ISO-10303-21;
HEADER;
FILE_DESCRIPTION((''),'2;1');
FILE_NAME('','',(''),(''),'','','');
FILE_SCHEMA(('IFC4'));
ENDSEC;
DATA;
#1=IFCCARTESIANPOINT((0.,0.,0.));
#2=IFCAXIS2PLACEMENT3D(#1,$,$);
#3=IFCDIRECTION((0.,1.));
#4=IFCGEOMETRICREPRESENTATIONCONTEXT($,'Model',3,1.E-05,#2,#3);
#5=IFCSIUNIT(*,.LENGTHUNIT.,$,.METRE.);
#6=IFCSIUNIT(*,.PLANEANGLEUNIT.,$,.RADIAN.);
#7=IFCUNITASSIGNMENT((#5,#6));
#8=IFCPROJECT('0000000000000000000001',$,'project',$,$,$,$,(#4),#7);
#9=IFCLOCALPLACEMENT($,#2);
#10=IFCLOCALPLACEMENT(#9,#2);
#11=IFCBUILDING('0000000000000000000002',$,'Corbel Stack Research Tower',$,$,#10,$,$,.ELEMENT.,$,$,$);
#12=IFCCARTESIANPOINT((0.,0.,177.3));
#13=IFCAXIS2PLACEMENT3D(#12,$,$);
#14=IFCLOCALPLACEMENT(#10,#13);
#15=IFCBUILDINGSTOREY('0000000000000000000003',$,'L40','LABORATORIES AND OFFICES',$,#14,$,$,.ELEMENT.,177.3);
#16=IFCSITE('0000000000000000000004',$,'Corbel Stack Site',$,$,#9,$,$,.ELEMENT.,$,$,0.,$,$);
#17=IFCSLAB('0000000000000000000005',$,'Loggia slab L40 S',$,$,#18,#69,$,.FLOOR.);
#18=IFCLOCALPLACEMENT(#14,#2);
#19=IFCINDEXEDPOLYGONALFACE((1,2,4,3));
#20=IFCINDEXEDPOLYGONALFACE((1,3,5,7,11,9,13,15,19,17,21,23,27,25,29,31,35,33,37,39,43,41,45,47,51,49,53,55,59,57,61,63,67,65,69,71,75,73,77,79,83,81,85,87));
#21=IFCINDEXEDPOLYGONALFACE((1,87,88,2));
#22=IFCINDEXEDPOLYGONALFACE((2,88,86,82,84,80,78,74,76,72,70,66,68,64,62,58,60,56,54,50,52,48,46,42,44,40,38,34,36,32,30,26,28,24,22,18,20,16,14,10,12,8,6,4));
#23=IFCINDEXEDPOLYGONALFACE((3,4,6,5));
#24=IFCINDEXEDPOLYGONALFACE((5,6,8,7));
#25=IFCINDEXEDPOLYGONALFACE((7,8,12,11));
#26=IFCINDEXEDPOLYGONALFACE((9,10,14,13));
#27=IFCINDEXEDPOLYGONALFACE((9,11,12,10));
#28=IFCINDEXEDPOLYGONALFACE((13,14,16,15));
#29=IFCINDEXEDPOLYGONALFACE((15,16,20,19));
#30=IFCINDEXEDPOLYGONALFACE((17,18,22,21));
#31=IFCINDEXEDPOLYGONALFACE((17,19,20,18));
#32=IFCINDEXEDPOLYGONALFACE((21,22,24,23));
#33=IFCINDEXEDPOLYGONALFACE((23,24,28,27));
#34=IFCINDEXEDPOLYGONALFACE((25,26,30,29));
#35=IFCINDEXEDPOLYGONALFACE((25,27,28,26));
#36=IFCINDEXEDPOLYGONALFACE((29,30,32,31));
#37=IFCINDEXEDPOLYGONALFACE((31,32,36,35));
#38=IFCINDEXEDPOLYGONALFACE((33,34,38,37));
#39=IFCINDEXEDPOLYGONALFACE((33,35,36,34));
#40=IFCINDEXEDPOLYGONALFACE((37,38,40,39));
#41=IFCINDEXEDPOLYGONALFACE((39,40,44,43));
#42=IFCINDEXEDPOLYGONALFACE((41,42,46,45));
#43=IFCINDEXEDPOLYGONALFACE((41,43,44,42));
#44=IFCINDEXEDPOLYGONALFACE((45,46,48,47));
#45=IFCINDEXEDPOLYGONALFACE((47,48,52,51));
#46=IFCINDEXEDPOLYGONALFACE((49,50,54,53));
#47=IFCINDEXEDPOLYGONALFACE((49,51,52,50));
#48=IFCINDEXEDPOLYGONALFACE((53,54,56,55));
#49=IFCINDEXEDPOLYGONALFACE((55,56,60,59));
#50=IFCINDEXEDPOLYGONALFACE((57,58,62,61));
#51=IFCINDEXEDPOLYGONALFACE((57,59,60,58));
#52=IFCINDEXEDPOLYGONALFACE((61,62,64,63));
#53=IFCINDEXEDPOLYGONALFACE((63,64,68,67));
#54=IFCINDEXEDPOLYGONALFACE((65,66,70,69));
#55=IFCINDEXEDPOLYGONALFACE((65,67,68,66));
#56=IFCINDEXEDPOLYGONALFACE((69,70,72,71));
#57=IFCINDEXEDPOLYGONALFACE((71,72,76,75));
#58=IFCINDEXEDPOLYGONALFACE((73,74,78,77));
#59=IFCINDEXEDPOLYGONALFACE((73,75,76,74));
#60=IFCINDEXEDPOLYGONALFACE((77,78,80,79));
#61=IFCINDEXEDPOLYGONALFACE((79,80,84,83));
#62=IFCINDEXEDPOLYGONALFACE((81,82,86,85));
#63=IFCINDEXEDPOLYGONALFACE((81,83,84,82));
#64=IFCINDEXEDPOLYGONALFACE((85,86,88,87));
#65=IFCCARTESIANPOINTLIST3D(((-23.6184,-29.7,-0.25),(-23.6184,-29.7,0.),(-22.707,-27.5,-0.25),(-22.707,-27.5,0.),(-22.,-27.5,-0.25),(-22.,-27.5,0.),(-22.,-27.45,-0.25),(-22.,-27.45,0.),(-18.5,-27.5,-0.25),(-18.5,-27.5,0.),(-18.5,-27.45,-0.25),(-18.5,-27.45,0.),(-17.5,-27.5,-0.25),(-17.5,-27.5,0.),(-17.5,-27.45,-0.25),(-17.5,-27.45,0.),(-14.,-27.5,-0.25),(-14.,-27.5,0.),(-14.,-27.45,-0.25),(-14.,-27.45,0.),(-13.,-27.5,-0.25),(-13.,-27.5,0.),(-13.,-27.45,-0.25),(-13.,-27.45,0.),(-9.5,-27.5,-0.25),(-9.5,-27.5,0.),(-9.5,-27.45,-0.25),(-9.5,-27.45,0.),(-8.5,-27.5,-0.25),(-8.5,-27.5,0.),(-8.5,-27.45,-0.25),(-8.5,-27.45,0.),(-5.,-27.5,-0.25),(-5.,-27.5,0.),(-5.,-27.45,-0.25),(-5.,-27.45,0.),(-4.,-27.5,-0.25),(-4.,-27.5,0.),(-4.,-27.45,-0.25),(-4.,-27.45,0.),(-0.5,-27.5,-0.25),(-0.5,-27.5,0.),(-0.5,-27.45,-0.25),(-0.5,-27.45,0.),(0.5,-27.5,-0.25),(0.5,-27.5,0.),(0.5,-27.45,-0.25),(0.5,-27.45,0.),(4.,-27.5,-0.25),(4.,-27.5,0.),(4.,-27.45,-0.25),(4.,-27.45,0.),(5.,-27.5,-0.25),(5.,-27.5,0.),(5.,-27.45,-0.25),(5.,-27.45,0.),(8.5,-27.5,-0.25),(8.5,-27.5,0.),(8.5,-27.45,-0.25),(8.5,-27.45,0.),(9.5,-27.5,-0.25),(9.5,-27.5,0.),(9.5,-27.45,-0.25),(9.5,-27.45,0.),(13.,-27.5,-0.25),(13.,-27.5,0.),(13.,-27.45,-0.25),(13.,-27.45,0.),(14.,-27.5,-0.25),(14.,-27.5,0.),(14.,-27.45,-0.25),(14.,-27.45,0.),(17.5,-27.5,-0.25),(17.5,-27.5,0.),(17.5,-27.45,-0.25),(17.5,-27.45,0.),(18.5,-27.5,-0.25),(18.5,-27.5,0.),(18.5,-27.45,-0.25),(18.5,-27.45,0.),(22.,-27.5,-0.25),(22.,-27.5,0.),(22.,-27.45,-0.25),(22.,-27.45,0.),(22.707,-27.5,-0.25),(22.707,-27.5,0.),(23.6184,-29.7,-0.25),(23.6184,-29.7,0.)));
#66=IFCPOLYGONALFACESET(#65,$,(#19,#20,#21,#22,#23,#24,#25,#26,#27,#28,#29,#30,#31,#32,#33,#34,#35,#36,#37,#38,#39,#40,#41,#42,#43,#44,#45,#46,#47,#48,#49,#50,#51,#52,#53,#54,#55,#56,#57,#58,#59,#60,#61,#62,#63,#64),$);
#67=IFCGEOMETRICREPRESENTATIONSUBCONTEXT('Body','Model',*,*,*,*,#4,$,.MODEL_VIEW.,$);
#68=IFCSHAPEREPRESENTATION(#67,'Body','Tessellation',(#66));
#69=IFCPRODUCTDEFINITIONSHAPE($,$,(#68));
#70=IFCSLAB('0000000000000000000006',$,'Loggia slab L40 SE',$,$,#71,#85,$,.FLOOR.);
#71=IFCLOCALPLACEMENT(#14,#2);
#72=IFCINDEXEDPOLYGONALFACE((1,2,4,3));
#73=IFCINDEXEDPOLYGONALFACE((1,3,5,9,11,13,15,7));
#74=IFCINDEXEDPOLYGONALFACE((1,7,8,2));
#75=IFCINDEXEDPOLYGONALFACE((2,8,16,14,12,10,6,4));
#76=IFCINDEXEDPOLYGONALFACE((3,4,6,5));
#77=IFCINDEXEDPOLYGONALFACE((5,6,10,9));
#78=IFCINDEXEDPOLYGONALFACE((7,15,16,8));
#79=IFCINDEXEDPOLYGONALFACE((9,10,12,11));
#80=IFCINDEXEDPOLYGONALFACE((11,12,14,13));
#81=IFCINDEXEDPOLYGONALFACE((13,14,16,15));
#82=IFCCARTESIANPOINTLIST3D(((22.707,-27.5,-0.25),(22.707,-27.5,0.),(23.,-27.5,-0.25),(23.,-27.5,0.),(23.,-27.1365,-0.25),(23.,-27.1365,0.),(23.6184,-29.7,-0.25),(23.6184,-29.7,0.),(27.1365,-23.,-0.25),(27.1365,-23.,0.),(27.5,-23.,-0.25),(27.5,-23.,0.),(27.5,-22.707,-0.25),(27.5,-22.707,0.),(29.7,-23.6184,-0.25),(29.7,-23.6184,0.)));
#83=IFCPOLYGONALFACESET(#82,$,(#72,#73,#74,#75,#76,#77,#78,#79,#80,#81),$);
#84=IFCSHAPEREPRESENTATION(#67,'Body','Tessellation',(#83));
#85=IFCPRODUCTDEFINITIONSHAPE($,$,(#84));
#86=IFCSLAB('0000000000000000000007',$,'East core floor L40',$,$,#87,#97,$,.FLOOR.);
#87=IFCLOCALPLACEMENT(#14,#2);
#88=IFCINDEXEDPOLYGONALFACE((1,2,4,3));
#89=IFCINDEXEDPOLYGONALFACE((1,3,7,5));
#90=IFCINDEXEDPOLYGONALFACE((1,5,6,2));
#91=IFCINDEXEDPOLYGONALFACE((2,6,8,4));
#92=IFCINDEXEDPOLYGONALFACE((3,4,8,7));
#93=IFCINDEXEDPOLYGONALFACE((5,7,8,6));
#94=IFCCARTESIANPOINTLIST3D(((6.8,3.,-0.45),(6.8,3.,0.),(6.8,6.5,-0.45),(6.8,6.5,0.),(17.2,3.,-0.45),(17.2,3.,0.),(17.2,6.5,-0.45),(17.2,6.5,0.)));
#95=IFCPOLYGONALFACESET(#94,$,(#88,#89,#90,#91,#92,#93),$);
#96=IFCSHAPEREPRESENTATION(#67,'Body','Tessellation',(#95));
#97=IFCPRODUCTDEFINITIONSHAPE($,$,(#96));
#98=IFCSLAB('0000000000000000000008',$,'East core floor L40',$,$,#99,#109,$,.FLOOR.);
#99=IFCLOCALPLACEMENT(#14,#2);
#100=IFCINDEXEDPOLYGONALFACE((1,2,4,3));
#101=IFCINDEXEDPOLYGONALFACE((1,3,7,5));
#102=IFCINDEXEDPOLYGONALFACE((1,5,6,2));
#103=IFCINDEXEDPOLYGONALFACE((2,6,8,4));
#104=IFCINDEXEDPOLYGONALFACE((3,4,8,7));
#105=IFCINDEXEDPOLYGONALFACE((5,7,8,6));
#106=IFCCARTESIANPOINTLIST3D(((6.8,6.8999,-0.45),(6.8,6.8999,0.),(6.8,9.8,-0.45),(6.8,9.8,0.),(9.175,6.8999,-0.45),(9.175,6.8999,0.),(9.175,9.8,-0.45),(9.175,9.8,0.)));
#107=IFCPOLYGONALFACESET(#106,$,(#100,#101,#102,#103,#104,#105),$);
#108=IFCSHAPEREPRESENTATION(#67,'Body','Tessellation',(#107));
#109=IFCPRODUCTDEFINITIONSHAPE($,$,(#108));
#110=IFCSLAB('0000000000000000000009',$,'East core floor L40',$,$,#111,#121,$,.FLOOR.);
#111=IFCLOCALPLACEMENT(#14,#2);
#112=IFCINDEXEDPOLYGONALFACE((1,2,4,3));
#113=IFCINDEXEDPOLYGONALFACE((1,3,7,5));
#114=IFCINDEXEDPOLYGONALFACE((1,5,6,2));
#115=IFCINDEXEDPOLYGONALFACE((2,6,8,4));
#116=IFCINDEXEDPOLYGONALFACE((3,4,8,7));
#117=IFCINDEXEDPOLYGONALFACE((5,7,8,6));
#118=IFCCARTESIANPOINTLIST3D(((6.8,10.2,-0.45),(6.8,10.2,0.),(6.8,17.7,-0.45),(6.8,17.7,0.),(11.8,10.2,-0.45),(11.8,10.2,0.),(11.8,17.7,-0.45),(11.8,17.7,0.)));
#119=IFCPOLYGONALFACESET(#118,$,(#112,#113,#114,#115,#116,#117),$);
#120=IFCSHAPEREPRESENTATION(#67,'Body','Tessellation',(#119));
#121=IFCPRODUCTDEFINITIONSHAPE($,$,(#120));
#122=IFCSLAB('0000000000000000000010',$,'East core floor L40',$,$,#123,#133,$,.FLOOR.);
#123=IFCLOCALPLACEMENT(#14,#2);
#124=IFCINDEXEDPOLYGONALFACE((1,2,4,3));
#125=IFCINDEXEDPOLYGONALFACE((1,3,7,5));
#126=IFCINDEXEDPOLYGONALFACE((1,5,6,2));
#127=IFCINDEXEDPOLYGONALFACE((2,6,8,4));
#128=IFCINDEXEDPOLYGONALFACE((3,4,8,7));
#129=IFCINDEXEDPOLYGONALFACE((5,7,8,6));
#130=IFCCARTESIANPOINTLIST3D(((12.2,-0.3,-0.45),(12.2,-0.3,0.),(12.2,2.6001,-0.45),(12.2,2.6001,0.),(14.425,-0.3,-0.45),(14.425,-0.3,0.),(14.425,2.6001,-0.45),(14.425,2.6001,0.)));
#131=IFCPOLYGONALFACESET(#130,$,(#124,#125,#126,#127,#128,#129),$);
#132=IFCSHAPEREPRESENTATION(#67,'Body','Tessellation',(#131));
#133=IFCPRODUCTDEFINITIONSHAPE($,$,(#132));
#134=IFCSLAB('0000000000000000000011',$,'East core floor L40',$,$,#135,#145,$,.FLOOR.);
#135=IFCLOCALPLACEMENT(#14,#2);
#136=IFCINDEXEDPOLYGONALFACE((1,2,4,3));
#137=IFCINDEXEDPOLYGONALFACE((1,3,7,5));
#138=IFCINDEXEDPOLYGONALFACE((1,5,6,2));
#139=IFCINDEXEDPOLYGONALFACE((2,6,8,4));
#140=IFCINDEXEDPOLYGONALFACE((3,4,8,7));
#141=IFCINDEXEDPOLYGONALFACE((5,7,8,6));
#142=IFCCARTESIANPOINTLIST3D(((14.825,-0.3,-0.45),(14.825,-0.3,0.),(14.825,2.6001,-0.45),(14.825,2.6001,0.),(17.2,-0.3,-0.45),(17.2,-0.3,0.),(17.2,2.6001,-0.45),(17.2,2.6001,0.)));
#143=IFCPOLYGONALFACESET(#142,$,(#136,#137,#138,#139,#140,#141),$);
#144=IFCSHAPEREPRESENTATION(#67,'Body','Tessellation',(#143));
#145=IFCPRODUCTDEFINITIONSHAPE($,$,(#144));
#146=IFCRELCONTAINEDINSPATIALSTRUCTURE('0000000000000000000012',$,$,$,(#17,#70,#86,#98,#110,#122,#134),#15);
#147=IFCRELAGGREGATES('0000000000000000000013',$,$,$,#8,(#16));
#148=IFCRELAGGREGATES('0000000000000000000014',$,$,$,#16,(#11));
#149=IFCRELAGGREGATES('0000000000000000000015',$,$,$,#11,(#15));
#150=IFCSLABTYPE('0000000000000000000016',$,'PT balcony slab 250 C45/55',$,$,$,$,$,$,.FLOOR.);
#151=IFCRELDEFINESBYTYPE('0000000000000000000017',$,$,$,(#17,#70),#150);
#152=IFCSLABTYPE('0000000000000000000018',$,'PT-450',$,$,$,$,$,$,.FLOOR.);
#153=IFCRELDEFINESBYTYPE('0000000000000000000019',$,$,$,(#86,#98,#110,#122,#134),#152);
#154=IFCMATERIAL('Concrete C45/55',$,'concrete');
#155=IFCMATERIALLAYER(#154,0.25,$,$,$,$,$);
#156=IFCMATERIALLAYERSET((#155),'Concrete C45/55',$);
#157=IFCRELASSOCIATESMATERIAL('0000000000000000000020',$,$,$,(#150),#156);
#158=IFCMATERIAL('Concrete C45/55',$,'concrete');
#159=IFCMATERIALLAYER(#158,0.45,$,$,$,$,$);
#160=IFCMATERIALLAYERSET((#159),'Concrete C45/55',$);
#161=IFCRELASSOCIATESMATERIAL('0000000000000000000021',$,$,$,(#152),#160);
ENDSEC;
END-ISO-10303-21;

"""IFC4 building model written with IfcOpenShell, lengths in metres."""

from ifc_helpers import new_model, si_unit, direction, frame, origin, place, context, subcontext, project, spatial, polyline, outline, extrude, material, layer, layer_set, type_object, element, save


model = new_model("IFC4")

# Units and contexts
model_context = context("Model", 3, precision=1e-05, world=origin(), true_north=direction((0.0, 1.0)))
body_context = subcontext(model_context, "Body", "Model", "MODEL_VIEW")
ifc_project = project(units=[si_unit("LENGTHUNIT", "METRE"), si_unit("PLANEANGLEUNIT", "RADIAN")], contexts=[model_context])

# Site, building, storey
site_placement = place(None, origin())
site = spatial("IfcSite", under=ifc_project, at=site_placement, Name="Corbel Stack Site", CompositionType="ELEMENT", RefElevation=0.0)
building_placement = place(site_placement, origin())
building = spatial("IfcBuilding", under=site, at=building_placement, Name="Corbel Stack Research Tower", CompositionType="ELEMENT")
storey_placement = place(building_placement, frame((0.0, 0.0, 177.3)))
storey = spatial("IfcBuildingStorey", under=building, at=storey_placement, Name="L40", Description="LABORATORIES AND OFFICES", CompositionType="ELEMENT", Elevation=177.3)

# Slabs
ifc_material_1 = material(Name="Concrete C45/55", Category="concrete")
ifc_layer_1 = layer(ifc_material_1, 0.25)
ifc_layer_set_1 = layer_set([ifc_layer_1], Name="Concrete C45/55")
slab_type_1 = type_object("IfcSlabType", Name="PT balcony slab 250 C45/55", PredefinedType="FLOOR", material=ifc_layer_set_1)
slab_1_placement = place(storey_placement, frame((0.0, 0.0, -0.25)))
element("IfcSlab", 1, at=slab_1_placement, inside=storey, type_object=slab_type_1, Name="Loggia slab L40 S", PredefinedType="FLOOR", context=body_context, shape_type="SweptSolid", body=[
    extrude(outline(polyline([(22.707, -27.5), (22.0, -27.5), (22.0, -27.45), (18.5, -27.45), (18.5, -27.5), (17.5, -27.5), (17.5, -27.45), (14.0, -27.45), (14.0, -27.5), (13.0, -27.5), (13.0, -27.45), (9.5, -27.45), (9.5, -27.5), (8.5, -27.5), (8.5, -27.45), (5.0, -27.45), (5.0, -27.5), (4.0, -27.5), (4.0, -27.45), (0.5, -27.45), (0.5, -27.5), (-0.5, -27.5), (-0.5, -27.45), (-4.0, -27.45), (-4.0, -27.5), (-5.0, -27.5), (-5.0, -27.45), (-8.5, -27.45), (-8.5, -27.5), (-9.5, -27.5), (-9.5, -27.45), (-13.0, -27.45), (-13.0, -27.5), (-14.0, -27.5), (-14.0, -27.45), (-17.5, -27.45), (-17.5, -27.5), (-18.5, -27.5), (-18.5, -27.45), (-22.0, -27.45), (-22.0, -27.5), (-22.707, -27.5), (-23.6184, -29.7), (23.6184, -29.7), (22.707, -27.5)])), origin(), (0.0, 0.0, 1.0), 0.25),
])
slab_2_placement = place(storey_placement, frame((0.0, 0.0, -0.25)))
element("IfcSlab", 2, at=slab_2_placement, inside=storey, type_object=slab_type_1, Name="Loggia slab L40 SE", PredefinedType="FLOOR", context=body_context, shape_type="SweptSolid", body=[
    extrude(outline(polyline([(27.5, -22.707), (27.5, -23.0), (27.1365, -23.0), (23.0, -27.1365), (23.0, -27.5), (22.707, -27.5), (23.6184, -29.7), (29.7, -23.6184), (27.5, -22.707)])), origin(), (0.0, 0.0, 1.0), 0.25),
])
ifc_material_2 = material(Name="Concrete C45/55", Category="concrete")
ifc_layer_2 = layer(ifc_material_2, 0.45)
ifc_layer_set_2 = layer_set([ifc_layer_2], Name="Concrete C45/55")
slab_type_2 = type_object("IfcSlabType", Name="PT-450", PredefinedType="FLOOR", material=ifc_layer_set_2)
slab_3_placement = place(storey_placement, frame((0.0, 0.0, -0.45)))
element("IfcSlab", 3, at=slab_3_placement, inside=storey, type_object=slab_type_2, Name="East core floor L40", PredefinedType="FLOOR", context=body_context, shape_type="SweptSolid", body=[
    extrude(outline(polyline([(17.2, 6.5), (6.8, 6.5), (6.8, 3.0), (17.2, 3.0), (17.2, 6.5)])), origin(), (0.0, 0.0, 1.0), 0.45),
])
slab_4_placement = place(storey_placement, frame((0.0, 0.0, -0.45)))
element("IfcSlab", 4, at=slab_4_placement, inside=storey, type_object=slab_type_2, Name="East core floor L40", PredefinedType="FLOOR", context=body_context, shape_type="SweptSolid", body=[
    extrude(outline(polyline([(6.8, 6.8999), (9.175, 6.8999), (9.175, 9.8), (6.8, 9.8), (6.8, 6.8999)])), origin(), (0.0, 0.0, 1.0), 0.45),
])
slab_5_placement = place(storey_placement, frame((0.0, 0.0, -0.45)))
element("IfcSlab", 5, at=slab_5_placement, inside=storey, type_object=slab_type_2, Name="East core floor L40", PredefinedType="FLOOR", context=body_context, shape_type="SweptSolid", body=[
    extrude(outline(polyline([(6.8, 17.7), (6.8, 10.2), (11.8, 10.2), (11.8, 17.7), (6.8, 17.7)])), origin(), (0.0, 0.0, 1.0), 0.45),
])
slab_6_placement = place(storey_placement, frame((0.0, 0.0, -0.45)))
element("IfcSlab", 6, at=slab_6_placement, inside=storey, type_object=slab_type_2, Name="East core floor L40", PredefinedType="FLOOR", context=body_context, shape_type="SweptSolid", body=[
    extrude(outline(polyline([(14.425, -0.3), (14.425, 2.6001), (12.2, 2.6001), (12.2, -0.3), (14.425, -0.3)])), origin(), (0.0, 0.0, 1.0), 0.45),
])
slab_7_placement = place(storey_placement, frame((0.0, 0.0, -0.45)))
element("IfcSlab", 7, at=slab_7_placement, inside=storey, type_object=slab_type_2, Name="East core floor L40", PredefinedType="FLOOR", context=body_context, shape_type="SweptSolid", body=[
    extrude(outline(polyline([(17.2, -0.3), (17.2, 2.6001), (14.825, 2.6001), (14.825, -0.3), (17.2, -0.3)])), origin(), (0.0, 0.0, 1.0), 0.45),
])

save(model, "model.ifc")
